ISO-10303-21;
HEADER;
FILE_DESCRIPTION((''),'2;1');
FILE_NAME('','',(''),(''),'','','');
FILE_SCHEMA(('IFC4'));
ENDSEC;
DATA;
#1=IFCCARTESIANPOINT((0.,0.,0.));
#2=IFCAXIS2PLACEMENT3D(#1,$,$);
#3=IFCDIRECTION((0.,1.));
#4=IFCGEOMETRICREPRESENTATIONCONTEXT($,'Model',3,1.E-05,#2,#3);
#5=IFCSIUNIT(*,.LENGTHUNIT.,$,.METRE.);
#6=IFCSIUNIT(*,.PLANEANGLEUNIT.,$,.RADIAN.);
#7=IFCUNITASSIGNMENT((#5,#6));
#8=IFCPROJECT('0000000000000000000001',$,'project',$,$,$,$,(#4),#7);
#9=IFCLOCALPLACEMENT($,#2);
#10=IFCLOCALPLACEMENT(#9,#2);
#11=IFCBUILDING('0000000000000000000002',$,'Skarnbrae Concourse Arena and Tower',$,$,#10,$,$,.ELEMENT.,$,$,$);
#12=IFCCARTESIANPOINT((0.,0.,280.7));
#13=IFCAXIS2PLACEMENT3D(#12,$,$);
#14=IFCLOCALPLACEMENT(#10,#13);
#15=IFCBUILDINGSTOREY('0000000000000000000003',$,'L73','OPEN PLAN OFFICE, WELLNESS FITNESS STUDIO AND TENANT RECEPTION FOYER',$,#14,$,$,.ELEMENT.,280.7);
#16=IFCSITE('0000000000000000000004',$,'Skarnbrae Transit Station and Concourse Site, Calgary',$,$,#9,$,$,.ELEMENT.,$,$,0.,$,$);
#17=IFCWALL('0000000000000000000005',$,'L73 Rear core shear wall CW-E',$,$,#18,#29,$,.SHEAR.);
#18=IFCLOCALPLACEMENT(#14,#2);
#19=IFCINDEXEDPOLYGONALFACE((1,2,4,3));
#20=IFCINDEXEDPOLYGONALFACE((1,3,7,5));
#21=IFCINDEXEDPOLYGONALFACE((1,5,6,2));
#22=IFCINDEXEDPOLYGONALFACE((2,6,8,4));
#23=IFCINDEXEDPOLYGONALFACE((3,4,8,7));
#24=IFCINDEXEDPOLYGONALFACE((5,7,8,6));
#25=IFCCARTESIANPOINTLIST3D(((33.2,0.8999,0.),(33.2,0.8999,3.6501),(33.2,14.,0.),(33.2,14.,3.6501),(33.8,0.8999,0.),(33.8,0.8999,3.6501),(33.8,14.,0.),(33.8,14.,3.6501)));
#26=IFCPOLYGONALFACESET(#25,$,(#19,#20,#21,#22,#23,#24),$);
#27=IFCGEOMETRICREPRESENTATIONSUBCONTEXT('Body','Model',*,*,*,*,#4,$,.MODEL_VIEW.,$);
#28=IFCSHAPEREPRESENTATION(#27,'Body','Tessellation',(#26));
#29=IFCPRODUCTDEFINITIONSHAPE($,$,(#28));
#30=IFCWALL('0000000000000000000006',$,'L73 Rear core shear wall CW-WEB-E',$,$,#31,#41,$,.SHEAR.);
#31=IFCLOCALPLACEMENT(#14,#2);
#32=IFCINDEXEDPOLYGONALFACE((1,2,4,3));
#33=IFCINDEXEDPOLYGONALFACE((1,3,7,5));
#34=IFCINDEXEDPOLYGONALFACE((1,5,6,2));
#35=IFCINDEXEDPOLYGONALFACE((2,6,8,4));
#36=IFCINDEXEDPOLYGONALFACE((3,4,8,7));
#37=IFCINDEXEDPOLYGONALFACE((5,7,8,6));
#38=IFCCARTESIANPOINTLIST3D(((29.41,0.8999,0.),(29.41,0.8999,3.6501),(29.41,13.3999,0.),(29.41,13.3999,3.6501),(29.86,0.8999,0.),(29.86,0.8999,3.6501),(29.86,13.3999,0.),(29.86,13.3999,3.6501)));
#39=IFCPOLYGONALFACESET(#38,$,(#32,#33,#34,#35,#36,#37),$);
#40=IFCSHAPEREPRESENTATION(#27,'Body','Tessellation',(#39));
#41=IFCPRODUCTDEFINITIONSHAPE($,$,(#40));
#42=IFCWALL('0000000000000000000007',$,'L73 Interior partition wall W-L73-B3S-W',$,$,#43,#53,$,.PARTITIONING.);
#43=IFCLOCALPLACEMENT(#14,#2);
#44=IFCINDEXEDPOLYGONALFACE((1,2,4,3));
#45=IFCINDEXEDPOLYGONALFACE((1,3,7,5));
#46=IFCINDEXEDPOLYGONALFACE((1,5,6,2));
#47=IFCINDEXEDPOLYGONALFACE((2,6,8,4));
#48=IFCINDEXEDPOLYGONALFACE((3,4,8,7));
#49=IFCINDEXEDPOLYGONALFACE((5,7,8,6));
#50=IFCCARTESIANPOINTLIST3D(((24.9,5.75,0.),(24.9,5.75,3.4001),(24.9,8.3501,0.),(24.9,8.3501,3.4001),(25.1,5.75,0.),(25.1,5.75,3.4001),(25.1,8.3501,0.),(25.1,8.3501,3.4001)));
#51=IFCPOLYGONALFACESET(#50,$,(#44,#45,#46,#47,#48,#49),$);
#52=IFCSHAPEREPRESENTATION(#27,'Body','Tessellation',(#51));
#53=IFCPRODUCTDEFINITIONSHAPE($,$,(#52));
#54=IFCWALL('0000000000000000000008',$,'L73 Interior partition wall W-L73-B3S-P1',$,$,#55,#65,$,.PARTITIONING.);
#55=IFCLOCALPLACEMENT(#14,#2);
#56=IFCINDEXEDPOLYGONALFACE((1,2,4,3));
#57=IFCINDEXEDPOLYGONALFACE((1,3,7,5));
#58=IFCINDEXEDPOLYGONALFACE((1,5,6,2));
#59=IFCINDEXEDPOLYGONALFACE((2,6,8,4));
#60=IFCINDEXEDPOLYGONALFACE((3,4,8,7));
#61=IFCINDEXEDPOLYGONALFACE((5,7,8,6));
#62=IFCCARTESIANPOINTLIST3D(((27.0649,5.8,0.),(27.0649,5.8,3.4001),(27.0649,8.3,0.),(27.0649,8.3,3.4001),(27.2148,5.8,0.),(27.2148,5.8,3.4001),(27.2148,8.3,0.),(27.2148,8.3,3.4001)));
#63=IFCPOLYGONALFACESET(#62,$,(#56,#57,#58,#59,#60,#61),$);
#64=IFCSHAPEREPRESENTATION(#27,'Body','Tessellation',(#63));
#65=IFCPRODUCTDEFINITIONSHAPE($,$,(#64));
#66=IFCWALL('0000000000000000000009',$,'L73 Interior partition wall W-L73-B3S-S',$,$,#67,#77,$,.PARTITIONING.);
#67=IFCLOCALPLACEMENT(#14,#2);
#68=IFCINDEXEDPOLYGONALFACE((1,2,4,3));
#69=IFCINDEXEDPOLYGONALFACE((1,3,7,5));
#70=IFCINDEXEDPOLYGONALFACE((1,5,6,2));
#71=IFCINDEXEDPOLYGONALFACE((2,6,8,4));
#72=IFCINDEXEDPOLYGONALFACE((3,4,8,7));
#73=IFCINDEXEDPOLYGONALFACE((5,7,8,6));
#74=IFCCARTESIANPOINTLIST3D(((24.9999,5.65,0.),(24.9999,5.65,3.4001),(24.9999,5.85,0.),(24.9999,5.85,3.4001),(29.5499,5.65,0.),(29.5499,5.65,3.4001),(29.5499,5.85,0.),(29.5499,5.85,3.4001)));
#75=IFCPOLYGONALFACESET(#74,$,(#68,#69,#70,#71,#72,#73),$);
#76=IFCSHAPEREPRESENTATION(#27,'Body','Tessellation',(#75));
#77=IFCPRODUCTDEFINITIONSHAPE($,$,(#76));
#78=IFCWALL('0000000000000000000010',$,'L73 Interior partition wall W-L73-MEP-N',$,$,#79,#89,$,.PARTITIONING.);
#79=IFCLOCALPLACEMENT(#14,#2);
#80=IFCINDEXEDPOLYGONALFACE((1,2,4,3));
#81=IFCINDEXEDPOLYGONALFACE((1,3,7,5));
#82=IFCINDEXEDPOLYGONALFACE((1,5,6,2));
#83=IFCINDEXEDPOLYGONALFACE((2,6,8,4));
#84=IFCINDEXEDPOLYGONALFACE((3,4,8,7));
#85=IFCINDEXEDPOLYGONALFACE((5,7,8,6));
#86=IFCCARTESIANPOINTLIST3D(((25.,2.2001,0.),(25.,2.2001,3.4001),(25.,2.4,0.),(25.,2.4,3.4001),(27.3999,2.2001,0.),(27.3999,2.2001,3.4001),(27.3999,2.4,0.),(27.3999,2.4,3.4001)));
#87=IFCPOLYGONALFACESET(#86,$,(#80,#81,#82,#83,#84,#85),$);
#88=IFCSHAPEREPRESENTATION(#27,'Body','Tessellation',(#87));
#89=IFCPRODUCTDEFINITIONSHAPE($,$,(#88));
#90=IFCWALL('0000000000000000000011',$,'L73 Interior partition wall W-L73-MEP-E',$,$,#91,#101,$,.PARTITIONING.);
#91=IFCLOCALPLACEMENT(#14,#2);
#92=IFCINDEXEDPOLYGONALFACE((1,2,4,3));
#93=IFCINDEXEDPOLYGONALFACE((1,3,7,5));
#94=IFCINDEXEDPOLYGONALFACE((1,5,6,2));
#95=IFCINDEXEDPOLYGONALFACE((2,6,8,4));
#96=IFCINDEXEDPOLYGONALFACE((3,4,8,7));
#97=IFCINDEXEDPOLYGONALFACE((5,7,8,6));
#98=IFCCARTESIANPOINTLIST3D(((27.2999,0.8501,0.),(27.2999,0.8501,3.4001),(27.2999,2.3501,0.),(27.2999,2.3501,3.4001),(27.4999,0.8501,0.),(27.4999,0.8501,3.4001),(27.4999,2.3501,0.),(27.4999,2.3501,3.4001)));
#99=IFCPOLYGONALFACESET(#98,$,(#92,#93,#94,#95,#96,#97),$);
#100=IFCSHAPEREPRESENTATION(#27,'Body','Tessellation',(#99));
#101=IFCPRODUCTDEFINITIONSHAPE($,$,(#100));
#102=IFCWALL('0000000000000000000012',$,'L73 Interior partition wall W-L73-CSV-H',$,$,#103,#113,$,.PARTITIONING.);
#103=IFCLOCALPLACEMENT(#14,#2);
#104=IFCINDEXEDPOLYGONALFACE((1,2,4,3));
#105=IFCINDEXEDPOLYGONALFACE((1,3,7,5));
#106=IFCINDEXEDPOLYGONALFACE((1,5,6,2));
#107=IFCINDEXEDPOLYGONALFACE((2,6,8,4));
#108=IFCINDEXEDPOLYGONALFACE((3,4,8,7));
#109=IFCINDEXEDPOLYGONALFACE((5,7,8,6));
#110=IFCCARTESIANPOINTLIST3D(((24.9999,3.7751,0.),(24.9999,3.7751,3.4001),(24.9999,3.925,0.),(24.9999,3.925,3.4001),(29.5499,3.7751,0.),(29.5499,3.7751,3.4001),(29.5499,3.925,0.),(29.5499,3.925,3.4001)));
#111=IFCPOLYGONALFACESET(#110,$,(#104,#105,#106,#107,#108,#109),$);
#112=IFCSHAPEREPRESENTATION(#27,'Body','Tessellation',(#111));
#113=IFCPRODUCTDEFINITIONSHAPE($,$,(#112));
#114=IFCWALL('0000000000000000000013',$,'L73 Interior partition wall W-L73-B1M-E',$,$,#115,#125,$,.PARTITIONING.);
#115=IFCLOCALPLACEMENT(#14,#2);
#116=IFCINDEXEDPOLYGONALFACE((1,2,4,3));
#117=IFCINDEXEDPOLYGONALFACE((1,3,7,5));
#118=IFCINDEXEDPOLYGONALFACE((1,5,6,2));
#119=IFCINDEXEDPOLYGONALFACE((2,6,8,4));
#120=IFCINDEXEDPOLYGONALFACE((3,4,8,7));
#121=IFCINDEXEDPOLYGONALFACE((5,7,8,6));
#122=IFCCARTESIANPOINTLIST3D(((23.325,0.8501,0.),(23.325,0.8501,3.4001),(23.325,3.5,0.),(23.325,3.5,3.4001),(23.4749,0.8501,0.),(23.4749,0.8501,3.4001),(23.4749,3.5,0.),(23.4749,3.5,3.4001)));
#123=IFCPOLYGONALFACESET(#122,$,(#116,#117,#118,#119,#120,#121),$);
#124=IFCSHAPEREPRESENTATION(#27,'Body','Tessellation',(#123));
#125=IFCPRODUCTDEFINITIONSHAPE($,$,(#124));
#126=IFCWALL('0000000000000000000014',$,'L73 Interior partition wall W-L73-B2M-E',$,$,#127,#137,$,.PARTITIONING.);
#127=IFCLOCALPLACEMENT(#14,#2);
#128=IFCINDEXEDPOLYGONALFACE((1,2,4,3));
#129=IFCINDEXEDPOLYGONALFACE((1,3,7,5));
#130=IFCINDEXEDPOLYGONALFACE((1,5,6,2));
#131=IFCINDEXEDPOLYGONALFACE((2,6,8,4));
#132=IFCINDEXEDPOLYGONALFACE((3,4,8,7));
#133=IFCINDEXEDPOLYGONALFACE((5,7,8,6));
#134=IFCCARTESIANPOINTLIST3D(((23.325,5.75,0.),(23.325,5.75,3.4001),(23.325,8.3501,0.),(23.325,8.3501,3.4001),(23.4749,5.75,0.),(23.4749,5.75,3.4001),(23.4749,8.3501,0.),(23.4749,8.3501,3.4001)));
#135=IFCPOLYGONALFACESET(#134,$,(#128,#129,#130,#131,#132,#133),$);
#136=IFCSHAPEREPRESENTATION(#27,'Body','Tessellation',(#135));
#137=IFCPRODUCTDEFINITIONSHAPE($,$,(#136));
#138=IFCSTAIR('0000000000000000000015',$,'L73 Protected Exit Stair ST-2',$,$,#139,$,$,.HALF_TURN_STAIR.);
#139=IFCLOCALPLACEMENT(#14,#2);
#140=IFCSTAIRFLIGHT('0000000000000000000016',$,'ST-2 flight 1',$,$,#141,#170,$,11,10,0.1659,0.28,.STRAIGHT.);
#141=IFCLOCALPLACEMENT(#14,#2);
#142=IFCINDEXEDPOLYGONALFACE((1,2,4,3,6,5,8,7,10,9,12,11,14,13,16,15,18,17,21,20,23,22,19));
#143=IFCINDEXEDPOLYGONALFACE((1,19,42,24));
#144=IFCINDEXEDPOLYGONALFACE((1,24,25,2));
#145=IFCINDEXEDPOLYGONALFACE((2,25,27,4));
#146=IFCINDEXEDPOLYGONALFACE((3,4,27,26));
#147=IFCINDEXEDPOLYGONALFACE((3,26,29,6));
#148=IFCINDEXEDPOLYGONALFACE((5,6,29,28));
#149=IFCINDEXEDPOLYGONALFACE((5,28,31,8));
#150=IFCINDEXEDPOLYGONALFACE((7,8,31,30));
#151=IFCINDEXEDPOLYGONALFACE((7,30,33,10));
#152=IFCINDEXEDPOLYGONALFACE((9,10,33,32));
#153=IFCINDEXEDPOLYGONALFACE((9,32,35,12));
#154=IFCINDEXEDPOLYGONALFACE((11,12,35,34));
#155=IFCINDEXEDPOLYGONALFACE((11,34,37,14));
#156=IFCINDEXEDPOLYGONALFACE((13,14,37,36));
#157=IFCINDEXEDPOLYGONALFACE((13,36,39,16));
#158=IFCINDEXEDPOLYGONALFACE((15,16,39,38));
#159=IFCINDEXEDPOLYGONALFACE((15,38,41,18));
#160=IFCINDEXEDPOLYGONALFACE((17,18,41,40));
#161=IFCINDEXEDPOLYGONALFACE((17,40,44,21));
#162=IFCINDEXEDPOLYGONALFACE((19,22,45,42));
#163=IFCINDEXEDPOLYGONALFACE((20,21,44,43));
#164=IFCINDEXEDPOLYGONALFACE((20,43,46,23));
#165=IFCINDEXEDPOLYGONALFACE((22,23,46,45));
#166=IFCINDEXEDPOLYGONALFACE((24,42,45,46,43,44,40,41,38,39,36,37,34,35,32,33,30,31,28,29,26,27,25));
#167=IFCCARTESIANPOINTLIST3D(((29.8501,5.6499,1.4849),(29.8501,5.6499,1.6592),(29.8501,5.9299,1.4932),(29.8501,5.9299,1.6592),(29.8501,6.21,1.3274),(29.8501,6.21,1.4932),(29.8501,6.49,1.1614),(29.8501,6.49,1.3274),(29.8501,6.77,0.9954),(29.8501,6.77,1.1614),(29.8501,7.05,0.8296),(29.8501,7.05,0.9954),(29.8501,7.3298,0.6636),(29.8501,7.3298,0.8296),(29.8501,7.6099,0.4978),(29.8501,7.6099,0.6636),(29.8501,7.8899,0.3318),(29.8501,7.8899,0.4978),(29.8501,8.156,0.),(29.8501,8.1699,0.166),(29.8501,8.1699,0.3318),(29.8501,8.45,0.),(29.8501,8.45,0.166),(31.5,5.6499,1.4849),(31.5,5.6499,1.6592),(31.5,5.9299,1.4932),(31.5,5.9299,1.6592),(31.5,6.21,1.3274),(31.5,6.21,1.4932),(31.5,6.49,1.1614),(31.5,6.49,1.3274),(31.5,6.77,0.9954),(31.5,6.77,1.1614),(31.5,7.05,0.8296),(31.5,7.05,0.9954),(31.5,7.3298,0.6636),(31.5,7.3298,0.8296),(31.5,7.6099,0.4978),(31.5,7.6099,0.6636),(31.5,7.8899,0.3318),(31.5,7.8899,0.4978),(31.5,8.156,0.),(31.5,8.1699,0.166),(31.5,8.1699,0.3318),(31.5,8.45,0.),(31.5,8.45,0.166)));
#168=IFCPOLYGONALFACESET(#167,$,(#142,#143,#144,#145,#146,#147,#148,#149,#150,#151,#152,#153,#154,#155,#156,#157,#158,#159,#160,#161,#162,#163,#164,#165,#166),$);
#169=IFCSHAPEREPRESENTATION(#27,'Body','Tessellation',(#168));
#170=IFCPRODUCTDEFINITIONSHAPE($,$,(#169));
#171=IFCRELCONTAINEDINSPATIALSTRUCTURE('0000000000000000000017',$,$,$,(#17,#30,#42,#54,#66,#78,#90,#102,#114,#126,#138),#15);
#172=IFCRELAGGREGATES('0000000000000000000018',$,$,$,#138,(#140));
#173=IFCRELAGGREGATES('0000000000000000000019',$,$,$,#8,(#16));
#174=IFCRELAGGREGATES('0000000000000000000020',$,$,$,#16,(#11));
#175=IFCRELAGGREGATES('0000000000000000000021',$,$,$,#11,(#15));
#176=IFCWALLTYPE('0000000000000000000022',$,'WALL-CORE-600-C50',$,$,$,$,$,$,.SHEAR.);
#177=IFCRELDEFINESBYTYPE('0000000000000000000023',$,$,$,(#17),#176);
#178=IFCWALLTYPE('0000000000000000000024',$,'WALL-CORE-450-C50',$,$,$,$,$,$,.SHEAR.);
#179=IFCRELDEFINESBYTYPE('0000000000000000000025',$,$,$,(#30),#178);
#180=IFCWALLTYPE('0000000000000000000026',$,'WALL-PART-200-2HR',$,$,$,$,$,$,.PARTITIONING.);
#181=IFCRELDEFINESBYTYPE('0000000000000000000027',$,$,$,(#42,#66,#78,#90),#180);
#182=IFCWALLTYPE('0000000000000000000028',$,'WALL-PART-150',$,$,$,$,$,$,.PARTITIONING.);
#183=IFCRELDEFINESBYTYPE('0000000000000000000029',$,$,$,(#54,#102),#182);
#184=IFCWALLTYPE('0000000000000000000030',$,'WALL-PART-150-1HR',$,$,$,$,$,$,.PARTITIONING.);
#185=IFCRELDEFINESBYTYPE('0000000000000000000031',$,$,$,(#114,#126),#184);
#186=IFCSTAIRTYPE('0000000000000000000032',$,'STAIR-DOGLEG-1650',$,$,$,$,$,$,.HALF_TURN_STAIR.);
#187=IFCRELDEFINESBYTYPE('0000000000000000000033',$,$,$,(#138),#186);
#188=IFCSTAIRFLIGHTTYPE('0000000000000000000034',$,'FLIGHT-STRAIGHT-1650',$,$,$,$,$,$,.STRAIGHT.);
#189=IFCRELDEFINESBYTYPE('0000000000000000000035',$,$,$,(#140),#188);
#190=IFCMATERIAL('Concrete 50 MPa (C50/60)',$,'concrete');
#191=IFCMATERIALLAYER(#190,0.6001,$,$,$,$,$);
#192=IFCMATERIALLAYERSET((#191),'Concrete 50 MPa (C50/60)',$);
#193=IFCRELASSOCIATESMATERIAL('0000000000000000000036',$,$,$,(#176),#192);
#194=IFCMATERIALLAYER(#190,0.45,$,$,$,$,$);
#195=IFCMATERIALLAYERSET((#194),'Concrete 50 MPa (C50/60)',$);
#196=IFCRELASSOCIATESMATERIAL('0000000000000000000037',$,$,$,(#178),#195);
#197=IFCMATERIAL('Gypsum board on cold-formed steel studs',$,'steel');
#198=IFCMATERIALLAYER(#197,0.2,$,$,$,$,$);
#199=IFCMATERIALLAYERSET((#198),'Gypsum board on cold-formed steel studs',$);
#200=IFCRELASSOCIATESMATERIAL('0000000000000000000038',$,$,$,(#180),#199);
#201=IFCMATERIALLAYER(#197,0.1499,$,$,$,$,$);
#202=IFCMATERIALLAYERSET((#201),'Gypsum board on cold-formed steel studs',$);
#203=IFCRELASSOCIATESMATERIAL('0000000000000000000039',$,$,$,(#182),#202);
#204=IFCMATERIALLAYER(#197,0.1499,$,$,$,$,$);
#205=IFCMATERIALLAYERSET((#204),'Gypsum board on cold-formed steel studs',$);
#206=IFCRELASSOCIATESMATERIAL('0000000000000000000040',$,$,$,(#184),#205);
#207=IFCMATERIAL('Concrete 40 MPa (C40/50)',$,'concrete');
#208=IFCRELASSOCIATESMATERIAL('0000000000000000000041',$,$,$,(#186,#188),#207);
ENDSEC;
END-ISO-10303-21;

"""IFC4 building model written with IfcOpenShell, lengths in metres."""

from ifc_helpers import new_model, si_unit, direction, frame, frame_2d, origin, place, context, subcontext, project, spatial, polyline, rectangle, outline, extrude, source, transform, mapped, material, layer, layer_set, type_object, element, aggregate, save


model = new_model("IFC4")

# Units and contexts
model_context = context("Model", 3, precision=1e-05, world=origin(), true_north=direction((0.0, 1.0)))
body_context = subcontext(model_context, "Body", "Model", "MODEL_VIEW")
ifc_project = project(units=[si_unit("LENGTHUNIT", "METRE"), si_unit("PLANEANGLEUNIT", "RADIAN")], contexts=[model_context])

# Site, building, storey
site_placement = place(None, origin())
site = spatial("IfcSite", under=ifc_project, at=site_placement, Name="Skarnbrae Transit Station and Concourse Site, Calgary", CompositionType="ELEMENT", RefElevation=0.0)
building_placement = place(site_placement, origin())
building = spatial("IfcBuilding", under=site, at=building_placement, Name="Skarnbrae Concourse Arena and Tower", CompositionType="ELEMENT")
storey_placement = place(building_placement, frame((0.0, 0.0, 280.7)))
storey = spatial("IfcBuildingStorey", under=building, at=storey_placement, Name="L73", Description="OPEN PLAN OFFICE, WELLNESS FITNESS STUDIO AND TENANT RECEPTION FOYER", CompositionType="ELEMENT", Elevation=280.7)

# Walls
ifc_material_1 = material(Name="Concrete 50 MPa (C50/60)", Category="concrete")
ifc_layer_1 = layer(ifc_material_1, 0.6001)
ifc_layer_set_1 = layer_set([ifc_layer_1], Name="Concrete 50 MPa (C50/60)")
wall_type_1 = type_object("IfcWallType", Name="WALL-CORE-600-C50", PredefinedType="SHEAR", material=ifc_layer_set_1)
shared_shape_1 = source(origin(), body_context, "Body", "SweptSolid", [
    extrude(rectangle(XDim=13.1001, YDim=0.6001, at=frame_2d((6.55, 0.0))), origin(), (0.0, 0.0, 1.0), 3.6501),
])
wall_1_placement = place(storey_placement, frame((33.5, 0.8999, 0.0), z_axis=(0.0, 0.0, 1.0), x_axis=(0.0, 1.0, 0.0)))
element("IfcWall", 1, at=wall_1_placement, inside=storey, type_object=wall_type_1, Name="L73 Rear core shear wall CW-E", PredefinedType="SHEAR", context=body_context, shape_type="MappedRepresentation", body=[
    mapped(shared_shape_1, transform((0.0, 0.0, 0.0))),
])
ifc_layer_2 = layer(ifc_material_1, 0.45)
ifc_layer_set_2 = layer_set([ifc_layer_2], Name="Concrete 50 MPa (C50/60)")
wall_type_2 = type_object("IfcWallType", Name="WALL-CORE-450-C50", PredefinedType="SHEAR", material=ifc_layer_set_2)
shared_shape_2 = source(origin(), body_context, "Body", "SweptSolid", [
    extrude(rectangle(XDim=12.5, YDim=0.45, at=frame_2d((6.25, 0.0))), origin(), (0.0, 0.0, 1.0), 3.6501),
])
wall_2_placement = place(storey_placement, frame((29.635, 0.8999, 0.0), z_axis=(0.0, 0.0, 1.0), x_axis=(0.0, 1.0, 0.0)))
element("IfcWall", 2, at=wall_2_placement, inside=storey, type_object=wall_type_2, Name="L73 Rear core shear wall CW-WEB-E", PredefinedType="SHEAR", context=body_context, shape_type="MappedRepresentation", body=[
    mapped(shared_shape_2, transform((0.0, 0.0, 0.0))),
])
ifc_material_2 = material(Name="Gypsum board on cold-formed steel studs", Category="steel")
ifc_layer_3 = layer(ifc_material_2, 0.2)
ifc_layer_set_3 = layer_set([ifc_layer_3], Name="Gypsum board on cold-formed steel studs")
wall_type_3 = type_object("IfcWallType", Name="WALL-PART-200-2HR", PredefinedType="PARTITIONING", material=ifc_layer_set_3)
shared_shape_3 = source(origin(), body_context, "Body", "SweptSolid", [
    extrude(rectangle(XDim=2.6001, YDim=0.2, at=frame_2d((1.3, 0.0))), origin(), (0.0, 0.0, 1.0), 3.4001),
])
wall_3_placement = place(storey_placement, frame((25.0, 5.75, 0.0), z_axis=(0.0, 0.0, 1.0), x_axis=(0.0, 1.0, 0.0)))
element("IfcWall", 3, at=wall_3_placement, inside=storey, type_object=wall_type_3, Name="L73 Interior partition wall W-L73-B3S-W", PredefinedType="PARTITIONING", context=body_context, shape_type="MappedRepresentation", body=[
    mapped(shared_shape_3, transform((0.0, 0.0, 0.0))),
])
ifc_layer_4 = layer(ifc_material_2, 0.1499)
ifc_layer_set_4 = layer_set([ifc_layer_4], Name="Gypsum board on cold-formed steel studs")
wall_type_4 = type_object("IfcWallType", Name="WALL-PART-150", PredefinedType="PARTITIONING", material=ifc_layer_set_4)
shared_shape_4 = source(origin(), body_context, "Body", "SweptSolid", [
    extrude(rectangle(XDim=2.5, YDim=0.1499, at=frame_2d((1.25, 0.0))), origin(), (0.0, 0.0, 1.0), 3.4001),
])
wall_4_placement = place(storey_placement, frame((27.1399, 5.8, 0.0), z_axis=(0.0, 0.0, 1.0), x_axis=(0.0, 1.0, 0.0)))
element("IfcWall", 4, at=wall_4_placement, inside=storey, type_object=wall_type_4, Name="L73 Interior partition wall W-L73-B3S-P1", PredefinedType="PARTITIONING", context=body_context, shape_type="MappedRepresentation", body=[
    mapped(shared_shape_4, transform((0.0, 0.0, 0.0))),
])

# Shared definitions
shared_shape_5 = source(origin(), body_context, "Body", "SweptSolid", [
    extrude(rectangle(XDim=4.55, YDim=0.2, at=frame_2d((2.2749, 0.0))), origin(), (0.0, 0.0, 1.0), 3.4001),
])

# Wall
wall_5_placement = place(storey_placement, frame((25.0, 5.75, 0.0), z_axis=(0.0, 0.0, 1.0), x_axis=(1.0, 0.0, 0.0)))
element("IfcWall", 5, at=wall_5_placement, inside=storey, type_object=wall_type_3, Name="L73 Interior partition wall W-L73-B3S-S", PredefinedType="PARTITIONING", context=body_context, shape_type="MappedRepresentation", body=[
    mapped(shared_shape_5, transform((0.0, 0.0, 0.0))),
])

# Shared definitions
ifc_layer_5 = layer(ifc_material_2, 0.1499)
ifc_layer_set_5 = layer_set([ifc_layer_5], Name="Gypsum board on cold-formed steel studs")
wall_type_5 = type_object("IfcWallType", Name="WALL-PART-150-1HR", PredefinedType="PARTITIONING", material=ifc_layer_set_5)

# Walls
shared_shape_6 = source(origin(), body_context, "Body", "SweptSolid", [
    extrude(rectangle(XDim=2.3999, YDim=0.2, at=frame_2d((1.2, 0.0))), origin(), (0.0, 0.0, 1.0), 3.4001),
])
wall_6_placement = place(storey_placement, frame((25.0, 2.3, 0.0), z_axis=(0.0, 0.0, 1.0), x_axis=(1.0, 0.0, 0.0)))
element("IfcWall", 6, at=wall_6_placement, inside=storey, type_object=wall_type_3, Name="L73 Interior partition wall W-L73-MEP-N", PredefinedType="PARTITIONING", context=body_context, shape_type="MappedRepresentation", body=[
    mapped(shared_shape_6, transform((0.0, 0.0, 0.0))),
])
shared_shape_7 = source(origin(), body_context, "Body", "SweptSolid", [
    extrude(rectangle(XDim=1.5, YDim=0.2, at=frame_2d((0.75, 0.0))), origin(), (0.0, 0.0, 1.0), 3.4001),
])
wall_7_placement = place(storey_placement, frame((27.3999, 0.8501, 0.0), z_axis=(0.0, 0.0, 1.0), x_axis=(0.0, 1.0, 0.0)))
element("IfcWall", 7, at=wall_7_placement, inside=storey, type_object=wall_type_3, Name="L73 Interior partition wall W-L73-MEP-E", PredefinedType="PARTITIONING", context=body_context, shape_type="MappedRepresentation", body=[
    mapped(shared_shape_7, transform((0.0, 0.0, 0.0))),
])
shared_shape_8 = source(origin(), body_context, "Body", "SweptSolid", [
    extrude(rectangle(XDim=4.55, YDim=0.1499, at=frame_2d((2.2749, 0.0))), origin(), (0.0, 0.0, 1.0), 3.4001),
])
wall_8_placement = place(storey_placement, frame((25.0, 3.8501, 0.0), z_axis=(0.0, 0.0, 1.0), x_axis=(1.0, 0.0, 0.0)))
element("IfcWall", 8, at=wall_8_placement, inside=storey, type_object=wall_type_4, Name="L73 Interior partition wall W-L73-CSV-H", PredefinedType="PARTITIONING", context=body_context, shape_type="MappedRepresentation", body=[
    mapped(shared_shape_8, transform((0.0, 0.0, 0.0))),
])
shared_shape_9 = source(origin(), body_context, "Body", "SweptSolid", [
    extrude(rectangle(XDim=2.6499, YDim=0.1499, at=frame_2d((1.325, 0.0))), origin(), (0.0, 0.0, 1.0), 3.4001),
])
wall_9_placement = place(storey_placement, frame((23.3999, 0.8501, 0.0), z_axis=(0.0, 0.0, 1.0), x_axis=(0.0, 1.0, 0.0)))
element("IfcWall", 9, at=wall_9_placement, inside=storey, type_object=wall_type_5, Name="L73 Interior partition wall W-L73-B1M-E", PredefinedType="PARTITIONING", context=body_context, shape_type="MappedRepresentation", body=[
    mapped(shared_shape_9, transform((0.0, 0.0, 0.0))),
])
shared_shape_10 = source(origin(), body_context, "Body", "SweptSolid", [
    extrude(rectangle(XDim=2.6001, YDim=0.1499, at=frame_2d((1.3, 0.0))), origin(), (0.0, 0.0, 1.0), 3.4001),
])
wall_10_placement = place(storey_placement, frame((23.3999, 5.75, 0.0), z_axis=(0.0, 0.0, 1.0), x_axis=(0.0, 1.0, 0.0)))
element("IfcWall", 10, at=wall_10_placement, inside=storey, type_object=wall_type_5, Name="L73 Interior partition wall W-L73-B2M-E", PredefinedType="PARTITIONING", context=body_context, shape_type="MappedRepresentation", body=[
    mapped(shared_shape_10, transform((0.0, 0.0, 0.0))),
])

# Stair, stair flight
ifc_material_3 = material(Name="Concrete 40 MPa (C40/50)", Category="concrete")
stair_type = type_object("IfcStairType", Name="STAIR-DOGLEG-1650", PredefinedType="HALF_TURN_STAIR", material=ifc_material_3)
stair_placement = place(storey_placement, origin())
stair = element("IfcStair", 11, at=stair_placement, inside=storey, type_object=stair_type, Name="L73 Protected Exit Stair ST-2", PredefinedType="HALF_TURN_STAIR")
stair_flight_type = type_object("IfcStairFlightType", Name="FLIGHT-STRAIGHT-1650", PredefinedType="STRAIGHT", material=ifc_material_3)
shared_shape_11 = source(origin(), body_context, "Body", "SweptSolid", [
    extrude(outline(polyline([(0.0, 0.0), (0.0, 0.166), (0.28, 0.166), (0.28, 0.3318), (0.5601, 0.3318), (0.5601, 0.4978), (0.8401, 0.4978), (0.8401, 0.6636), (1.1201, 0.6636), (1.1201, 0.8296), (1.3999, 0.8296), (1.3999, 0.9954), (1.6799, 0.9954), (1.6799, 1.1614), (1.96, 1.1614), (1.96, 1.3274), (2.24, 1.3274), (2.24, 1.4932), (2.52, 1.4932), (2.52, 1.6592), (2.8, 1.6592), (2.8, 1.825), (2.8, 1.4849), (0.2939, 0.0), (0.0, 0.0)])), frame((0.0, 0.825, 0.0), z_axis=(0.0, -1.0, 0.0), x_axis=(1.0, 0.0, 0.0)), (0.0, 0.0, 1.0), 1.6499),
])
stair_flight_1_placement = place(storey_placement, frame((30.675, 8.45, 0.0), z_axis=(0.0, 0.0, 1.0), x_axis=(0.0, -1.0, 0.0)))
stair_flight_1 = element("IfcStairFlight", 12, at=stair_flight_1_placement, type_object=stair_flight_type, Name="ST-2 flight 1", NumberOfRisers=11, NumberOfTreads=10, PredefinedType="STRAIGHT", RiserHeight=0.1659, TreadLength=0.28, context=body_context, shape_type="MappedRepresentation", body=[
    mapped(shared_shape_11, transform((0.0, 0.0, 0.0))),
])
aggregate(stair, [stair_flight_1])

save(model, "model.ifc")
